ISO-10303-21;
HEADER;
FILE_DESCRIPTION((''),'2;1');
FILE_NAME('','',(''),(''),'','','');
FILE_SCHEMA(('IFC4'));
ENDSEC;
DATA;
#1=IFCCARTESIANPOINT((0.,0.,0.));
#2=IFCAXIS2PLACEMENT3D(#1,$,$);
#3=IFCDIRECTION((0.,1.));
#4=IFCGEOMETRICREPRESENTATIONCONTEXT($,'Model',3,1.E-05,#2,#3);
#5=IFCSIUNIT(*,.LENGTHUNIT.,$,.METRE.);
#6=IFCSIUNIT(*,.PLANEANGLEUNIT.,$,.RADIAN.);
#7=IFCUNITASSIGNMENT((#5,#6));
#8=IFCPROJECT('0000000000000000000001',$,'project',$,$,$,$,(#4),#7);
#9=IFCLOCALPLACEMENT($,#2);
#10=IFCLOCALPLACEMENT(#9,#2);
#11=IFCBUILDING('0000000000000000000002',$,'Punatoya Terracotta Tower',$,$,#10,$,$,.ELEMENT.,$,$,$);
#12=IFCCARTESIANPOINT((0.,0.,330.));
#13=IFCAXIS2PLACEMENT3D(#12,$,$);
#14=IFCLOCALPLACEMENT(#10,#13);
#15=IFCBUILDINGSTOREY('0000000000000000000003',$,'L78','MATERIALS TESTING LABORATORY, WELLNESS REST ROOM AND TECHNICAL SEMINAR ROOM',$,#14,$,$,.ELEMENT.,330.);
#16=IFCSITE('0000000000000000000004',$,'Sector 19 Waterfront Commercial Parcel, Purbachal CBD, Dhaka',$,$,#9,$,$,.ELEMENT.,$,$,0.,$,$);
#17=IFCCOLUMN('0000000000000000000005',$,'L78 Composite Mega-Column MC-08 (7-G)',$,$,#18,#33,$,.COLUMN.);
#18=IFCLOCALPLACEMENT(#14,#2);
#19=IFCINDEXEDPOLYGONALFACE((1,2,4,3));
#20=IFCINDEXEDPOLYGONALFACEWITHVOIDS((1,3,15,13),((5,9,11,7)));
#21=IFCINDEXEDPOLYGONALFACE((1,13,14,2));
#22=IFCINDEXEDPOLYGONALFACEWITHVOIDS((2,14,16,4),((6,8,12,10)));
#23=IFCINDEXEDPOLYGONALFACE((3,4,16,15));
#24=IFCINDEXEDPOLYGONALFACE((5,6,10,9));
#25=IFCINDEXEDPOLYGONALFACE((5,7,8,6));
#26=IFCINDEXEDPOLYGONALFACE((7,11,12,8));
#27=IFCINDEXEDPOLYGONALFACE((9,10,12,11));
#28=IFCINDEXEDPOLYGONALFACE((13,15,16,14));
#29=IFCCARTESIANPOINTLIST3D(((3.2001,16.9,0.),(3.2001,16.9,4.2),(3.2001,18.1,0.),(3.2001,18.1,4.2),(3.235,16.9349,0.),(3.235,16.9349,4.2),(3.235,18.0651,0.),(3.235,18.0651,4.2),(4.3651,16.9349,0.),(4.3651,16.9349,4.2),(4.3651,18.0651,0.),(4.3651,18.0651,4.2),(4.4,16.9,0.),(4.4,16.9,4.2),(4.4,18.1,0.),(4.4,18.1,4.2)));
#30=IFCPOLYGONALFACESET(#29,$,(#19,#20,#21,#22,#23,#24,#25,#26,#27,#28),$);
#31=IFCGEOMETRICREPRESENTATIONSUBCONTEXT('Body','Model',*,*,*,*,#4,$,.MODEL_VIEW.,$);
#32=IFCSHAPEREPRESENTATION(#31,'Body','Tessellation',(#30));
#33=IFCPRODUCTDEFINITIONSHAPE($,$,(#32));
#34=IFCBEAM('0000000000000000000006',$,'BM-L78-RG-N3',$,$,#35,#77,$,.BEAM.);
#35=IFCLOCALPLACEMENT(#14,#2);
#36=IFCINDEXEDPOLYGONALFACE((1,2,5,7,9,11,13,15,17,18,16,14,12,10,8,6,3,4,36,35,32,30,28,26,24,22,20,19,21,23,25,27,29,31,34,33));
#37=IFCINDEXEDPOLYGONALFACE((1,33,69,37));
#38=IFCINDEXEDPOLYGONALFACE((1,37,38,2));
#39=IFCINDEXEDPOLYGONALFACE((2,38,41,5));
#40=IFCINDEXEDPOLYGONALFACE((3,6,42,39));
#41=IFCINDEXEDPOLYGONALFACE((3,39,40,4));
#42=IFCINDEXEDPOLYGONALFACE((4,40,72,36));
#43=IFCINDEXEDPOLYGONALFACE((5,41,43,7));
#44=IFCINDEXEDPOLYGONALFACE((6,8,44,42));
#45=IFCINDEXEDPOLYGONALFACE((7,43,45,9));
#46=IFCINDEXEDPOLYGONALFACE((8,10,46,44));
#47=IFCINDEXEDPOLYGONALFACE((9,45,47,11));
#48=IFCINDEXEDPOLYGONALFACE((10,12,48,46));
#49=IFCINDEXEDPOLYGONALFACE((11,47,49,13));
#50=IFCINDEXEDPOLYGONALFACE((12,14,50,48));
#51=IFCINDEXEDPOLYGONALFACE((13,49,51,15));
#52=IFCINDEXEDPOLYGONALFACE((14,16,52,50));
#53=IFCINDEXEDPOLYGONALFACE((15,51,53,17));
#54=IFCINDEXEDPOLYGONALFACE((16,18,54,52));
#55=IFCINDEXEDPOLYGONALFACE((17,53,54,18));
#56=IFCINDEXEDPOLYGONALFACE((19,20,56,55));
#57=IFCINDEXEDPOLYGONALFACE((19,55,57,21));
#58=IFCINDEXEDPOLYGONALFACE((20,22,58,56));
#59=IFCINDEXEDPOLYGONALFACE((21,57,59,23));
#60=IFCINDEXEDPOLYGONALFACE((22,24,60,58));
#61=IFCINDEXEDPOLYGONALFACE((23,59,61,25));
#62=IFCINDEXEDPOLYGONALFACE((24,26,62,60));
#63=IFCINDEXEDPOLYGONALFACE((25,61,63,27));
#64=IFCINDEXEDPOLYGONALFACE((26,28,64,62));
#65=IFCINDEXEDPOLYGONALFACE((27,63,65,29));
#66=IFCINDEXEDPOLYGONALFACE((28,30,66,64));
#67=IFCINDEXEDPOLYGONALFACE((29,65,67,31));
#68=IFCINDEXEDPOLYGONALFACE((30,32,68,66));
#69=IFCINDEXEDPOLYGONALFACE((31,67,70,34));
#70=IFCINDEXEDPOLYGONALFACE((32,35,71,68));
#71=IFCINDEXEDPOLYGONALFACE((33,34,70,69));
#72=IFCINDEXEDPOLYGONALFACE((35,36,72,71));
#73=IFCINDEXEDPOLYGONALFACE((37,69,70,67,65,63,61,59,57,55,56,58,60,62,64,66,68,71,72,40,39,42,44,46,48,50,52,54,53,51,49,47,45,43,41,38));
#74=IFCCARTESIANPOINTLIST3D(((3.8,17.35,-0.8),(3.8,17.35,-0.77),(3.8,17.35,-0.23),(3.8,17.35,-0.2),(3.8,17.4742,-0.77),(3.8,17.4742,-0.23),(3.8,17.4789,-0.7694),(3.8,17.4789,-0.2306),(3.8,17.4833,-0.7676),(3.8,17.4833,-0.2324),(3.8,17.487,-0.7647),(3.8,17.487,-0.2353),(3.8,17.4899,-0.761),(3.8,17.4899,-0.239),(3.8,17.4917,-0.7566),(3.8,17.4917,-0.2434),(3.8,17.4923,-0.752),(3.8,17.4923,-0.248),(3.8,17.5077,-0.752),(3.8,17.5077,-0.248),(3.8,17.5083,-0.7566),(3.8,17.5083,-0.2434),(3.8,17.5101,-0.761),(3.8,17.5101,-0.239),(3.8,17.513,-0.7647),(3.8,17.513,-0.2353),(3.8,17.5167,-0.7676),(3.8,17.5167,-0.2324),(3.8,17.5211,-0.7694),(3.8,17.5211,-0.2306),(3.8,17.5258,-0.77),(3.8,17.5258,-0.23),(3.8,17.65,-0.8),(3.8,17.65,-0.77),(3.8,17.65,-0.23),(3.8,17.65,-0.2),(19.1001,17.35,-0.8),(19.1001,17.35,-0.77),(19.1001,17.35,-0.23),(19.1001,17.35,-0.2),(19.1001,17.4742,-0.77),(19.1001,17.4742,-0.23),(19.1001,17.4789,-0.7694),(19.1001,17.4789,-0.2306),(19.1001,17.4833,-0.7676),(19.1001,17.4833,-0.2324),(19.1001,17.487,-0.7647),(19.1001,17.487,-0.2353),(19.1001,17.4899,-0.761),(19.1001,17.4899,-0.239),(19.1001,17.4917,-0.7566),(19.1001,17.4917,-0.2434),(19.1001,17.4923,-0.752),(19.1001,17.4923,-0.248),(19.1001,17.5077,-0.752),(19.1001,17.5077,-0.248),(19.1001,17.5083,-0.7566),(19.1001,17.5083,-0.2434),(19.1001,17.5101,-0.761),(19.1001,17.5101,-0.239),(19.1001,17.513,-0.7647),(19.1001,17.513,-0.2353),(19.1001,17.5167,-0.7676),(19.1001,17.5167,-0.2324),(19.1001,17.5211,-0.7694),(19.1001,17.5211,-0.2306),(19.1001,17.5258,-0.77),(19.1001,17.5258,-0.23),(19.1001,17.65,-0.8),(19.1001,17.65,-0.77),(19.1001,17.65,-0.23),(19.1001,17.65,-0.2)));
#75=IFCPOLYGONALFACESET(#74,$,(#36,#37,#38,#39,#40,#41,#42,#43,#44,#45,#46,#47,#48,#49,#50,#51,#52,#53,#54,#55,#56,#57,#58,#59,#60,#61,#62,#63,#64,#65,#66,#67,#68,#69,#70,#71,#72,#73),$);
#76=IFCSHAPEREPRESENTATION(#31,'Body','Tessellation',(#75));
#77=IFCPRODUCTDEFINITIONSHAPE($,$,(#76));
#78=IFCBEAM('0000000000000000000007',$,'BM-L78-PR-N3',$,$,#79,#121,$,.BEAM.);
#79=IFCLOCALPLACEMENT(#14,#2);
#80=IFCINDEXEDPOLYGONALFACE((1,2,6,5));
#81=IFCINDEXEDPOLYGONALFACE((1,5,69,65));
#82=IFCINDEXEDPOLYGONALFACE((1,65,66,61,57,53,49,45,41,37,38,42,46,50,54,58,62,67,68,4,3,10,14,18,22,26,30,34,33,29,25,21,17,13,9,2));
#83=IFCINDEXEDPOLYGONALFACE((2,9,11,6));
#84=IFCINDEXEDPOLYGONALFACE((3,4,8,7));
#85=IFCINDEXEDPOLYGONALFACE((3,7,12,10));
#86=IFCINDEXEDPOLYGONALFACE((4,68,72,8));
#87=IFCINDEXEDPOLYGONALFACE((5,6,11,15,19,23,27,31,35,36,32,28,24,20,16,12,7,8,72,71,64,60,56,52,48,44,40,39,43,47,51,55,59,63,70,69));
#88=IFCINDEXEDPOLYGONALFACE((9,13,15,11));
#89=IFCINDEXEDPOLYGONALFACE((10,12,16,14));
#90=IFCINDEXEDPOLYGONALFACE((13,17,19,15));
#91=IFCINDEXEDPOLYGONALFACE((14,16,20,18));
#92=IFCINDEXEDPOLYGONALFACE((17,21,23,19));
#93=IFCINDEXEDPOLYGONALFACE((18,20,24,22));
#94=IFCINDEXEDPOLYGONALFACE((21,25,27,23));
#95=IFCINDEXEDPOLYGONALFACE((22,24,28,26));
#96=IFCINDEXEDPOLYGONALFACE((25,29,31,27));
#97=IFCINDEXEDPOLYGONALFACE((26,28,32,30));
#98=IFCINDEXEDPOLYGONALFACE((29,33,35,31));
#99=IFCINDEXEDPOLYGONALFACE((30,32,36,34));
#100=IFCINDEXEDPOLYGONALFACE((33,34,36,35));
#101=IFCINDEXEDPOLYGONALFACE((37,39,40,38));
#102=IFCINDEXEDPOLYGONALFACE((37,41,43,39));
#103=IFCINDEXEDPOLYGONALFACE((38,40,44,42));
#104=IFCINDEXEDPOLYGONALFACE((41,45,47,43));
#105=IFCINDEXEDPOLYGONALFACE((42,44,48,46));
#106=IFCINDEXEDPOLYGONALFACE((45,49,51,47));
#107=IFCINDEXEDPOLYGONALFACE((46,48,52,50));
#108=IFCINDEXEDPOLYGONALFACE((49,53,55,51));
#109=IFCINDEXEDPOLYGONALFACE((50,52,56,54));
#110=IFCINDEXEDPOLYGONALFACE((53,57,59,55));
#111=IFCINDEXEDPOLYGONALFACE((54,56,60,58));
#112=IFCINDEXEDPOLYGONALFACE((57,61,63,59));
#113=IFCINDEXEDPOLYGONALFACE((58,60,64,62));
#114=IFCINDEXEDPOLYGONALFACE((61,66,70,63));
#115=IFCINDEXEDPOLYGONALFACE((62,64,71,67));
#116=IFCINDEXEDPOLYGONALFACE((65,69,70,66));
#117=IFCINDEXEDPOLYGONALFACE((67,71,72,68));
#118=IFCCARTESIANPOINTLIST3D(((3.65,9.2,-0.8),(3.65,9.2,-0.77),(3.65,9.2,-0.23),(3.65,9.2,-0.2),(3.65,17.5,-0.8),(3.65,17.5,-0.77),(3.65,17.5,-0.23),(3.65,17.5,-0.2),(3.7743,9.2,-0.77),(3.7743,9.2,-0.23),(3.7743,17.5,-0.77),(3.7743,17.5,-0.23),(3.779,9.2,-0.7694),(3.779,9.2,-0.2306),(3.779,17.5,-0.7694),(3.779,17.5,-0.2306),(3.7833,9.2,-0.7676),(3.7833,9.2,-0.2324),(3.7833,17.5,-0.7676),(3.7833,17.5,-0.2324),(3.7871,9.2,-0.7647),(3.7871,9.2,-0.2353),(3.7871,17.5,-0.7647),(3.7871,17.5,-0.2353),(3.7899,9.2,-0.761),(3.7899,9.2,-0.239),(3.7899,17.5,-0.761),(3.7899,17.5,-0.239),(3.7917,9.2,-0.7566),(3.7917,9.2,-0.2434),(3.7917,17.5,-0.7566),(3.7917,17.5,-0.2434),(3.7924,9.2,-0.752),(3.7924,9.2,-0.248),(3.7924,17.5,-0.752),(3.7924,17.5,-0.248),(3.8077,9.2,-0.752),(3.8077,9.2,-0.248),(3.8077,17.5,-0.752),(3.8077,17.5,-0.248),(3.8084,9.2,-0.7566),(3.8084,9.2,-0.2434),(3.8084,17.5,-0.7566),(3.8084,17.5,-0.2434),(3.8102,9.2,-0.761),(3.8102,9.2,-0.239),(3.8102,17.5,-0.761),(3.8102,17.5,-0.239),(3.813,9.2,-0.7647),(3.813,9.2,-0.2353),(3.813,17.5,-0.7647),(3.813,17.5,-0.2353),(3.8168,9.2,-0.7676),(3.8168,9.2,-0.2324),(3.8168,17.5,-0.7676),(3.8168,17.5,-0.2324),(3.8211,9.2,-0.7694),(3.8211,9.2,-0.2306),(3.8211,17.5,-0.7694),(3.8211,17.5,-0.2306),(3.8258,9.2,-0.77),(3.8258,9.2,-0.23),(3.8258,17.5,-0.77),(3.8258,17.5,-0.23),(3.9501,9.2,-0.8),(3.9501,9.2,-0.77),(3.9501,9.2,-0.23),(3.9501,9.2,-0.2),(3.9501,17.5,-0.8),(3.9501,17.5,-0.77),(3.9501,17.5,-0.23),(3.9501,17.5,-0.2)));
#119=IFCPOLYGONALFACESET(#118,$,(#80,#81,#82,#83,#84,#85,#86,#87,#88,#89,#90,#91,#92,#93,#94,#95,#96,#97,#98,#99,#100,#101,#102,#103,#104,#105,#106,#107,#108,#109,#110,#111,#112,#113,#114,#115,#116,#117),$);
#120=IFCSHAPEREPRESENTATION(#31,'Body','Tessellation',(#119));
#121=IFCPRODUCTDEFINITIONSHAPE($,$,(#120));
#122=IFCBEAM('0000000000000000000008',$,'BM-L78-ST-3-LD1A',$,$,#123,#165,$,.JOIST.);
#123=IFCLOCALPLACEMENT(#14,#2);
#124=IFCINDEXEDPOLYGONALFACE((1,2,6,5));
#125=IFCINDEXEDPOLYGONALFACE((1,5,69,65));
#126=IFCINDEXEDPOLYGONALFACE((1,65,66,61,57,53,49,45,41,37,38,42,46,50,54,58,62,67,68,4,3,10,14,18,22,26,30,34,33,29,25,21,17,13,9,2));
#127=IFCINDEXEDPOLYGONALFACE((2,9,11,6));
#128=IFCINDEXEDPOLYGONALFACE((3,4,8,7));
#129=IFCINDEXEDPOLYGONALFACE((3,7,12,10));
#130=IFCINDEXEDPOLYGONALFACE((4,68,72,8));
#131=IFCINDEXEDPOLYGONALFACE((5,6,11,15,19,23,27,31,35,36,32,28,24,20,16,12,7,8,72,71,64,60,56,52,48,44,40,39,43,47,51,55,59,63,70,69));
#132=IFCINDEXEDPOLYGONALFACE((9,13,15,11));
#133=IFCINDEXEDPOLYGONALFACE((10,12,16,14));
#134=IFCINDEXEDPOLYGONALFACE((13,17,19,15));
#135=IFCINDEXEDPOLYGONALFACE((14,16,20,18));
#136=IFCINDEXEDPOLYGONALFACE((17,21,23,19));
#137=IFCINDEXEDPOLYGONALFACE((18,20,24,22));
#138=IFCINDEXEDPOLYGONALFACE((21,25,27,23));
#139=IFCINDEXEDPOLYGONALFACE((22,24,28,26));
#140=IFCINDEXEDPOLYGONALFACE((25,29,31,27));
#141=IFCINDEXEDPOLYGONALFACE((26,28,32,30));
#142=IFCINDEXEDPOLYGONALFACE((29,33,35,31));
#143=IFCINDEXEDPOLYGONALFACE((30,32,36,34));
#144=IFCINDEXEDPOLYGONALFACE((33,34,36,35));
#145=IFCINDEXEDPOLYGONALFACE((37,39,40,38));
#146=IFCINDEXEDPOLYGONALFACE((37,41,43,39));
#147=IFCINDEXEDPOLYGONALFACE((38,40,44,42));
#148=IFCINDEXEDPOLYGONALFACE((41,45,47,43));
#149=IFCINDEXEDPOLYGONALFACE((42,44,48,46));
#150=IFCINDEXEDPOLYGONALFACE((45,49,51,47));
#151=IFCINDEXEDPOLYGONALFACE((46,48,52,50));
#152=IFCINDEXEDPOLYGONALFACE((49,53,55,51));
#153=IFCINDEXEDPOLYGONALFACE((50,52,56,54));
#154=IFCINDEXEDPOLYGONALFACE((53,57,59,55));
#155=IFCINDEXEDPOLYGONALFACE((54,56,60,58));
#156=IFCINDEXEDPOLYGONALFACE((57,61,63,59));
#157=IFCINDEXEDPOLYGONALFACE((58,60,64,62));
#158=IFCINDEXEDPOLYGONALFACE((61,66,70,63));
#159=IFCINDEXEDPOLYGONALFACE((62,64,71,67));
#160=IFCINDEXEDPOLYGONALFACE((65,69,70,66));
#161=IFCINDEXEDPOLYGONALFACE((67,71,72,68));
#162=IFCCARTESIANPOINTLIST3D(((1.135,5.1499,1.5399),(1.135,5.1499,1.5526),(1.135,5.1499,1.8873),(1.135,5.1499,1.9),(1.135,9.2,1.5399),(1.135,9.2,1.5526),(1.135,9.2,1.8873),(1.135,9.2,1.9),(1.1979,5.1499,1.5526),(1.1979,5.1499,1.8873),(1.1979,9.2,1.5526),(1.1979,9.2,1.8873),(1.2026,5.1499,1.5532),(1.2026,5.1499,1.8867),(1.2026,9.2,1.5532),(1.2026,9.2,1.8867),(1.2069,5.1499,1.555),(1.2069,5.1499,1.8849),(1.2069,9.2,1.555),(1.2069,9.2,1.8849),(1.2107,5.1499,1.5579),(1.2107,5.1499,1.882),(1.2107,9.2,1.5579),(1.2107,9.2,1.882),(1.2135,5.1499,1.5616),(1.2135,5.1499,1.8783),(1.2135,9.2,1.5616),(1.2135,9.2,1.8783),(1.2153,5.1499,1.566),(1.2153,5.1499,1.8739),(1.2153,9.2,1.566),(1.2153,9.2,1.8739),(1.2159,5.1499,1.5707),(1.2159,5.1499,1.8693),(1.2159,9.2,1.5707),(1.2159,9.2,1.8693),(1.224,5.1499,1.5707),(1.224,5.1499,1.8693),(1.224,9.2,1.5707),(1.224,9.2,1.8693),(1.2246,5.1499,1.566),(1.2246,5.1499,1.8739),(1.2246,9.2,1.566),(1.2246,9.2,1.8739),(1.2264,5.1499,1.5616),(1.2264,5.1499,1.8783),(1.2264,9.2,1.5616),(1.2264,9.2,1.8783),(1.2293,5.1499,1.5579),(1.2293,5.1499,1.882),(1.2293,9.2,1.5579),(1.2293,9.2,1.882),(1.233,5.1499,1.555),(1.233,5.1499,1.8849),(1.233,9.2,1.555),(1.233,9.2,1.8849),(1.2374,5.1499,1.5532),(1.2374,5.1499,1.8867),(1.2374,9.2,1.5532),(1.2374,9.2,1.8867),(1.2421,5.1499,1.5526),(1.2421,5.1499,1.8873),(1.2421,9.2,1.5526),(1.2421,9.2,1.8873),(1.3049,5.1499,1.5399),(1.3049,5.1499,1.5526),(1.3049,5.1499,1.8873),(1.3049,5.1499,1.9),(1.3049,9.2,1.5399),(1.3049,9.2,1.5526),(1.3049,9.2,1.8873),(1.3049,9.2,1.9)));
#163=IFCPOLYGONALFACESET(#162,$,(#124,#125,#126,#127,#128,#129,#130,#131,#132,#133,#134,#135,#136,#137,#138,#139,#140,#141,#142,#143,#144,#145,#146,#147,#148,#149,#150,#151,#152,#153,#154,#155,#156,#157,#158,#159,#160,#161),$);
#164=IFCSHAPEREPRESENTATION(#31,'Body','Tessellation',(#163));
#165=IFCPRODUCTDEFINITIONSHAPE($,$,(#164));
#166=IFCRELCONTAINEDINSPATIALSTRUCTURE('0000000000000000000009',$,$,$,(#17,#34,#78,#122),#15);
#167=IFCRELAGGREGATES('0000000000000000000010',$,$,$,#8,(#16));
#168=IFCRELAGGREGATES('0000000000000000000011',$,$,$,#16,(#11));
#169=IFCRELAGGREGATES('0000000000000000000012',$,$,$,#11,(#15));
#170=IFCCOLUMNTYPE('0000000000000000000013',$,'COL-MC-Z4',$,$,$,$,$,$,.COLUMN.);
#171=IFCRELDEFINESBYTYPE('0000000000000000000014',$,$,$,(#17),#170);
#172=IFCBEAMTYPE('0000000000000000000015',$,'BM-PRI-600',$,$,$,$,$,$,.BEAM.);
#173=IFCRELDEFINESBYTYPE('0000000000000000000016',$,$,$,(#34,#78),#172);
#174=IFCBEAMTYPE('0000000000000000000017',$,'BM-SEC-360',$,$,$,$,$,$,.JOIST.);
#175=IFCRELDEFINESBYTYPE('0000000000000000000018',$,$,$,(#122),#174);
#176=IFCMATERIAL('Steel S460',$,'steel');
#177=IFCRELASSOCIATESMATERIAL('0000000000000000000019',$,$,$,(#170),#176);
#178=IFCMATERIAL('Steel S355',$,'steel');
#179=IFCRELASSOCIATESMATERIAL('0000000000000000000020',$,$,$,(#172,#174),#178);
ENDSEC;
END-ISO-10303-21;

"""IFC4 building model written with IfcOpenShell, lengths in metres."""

from ifc_helpers import new_model, si_unit, direction, frame, origin, origin_2d, place, context, subcontext, project, spatial, hollow_rectangle, i_section, extrude, material, material_profile, profile_set, type_object, element, save


model = new_model("IFC4")

# Units and contexts
model_context = context("Model", 3, precision=1e-05, world=origin(), true_north=direction((0.0, 1.0)))
body_context = subcontext(model_context, "Body", "Model", "MODEL_VIEW")
ifc_project = project(units=[si_unit("LENGTHUNIT", "METRE"), si_unit("PLANEANGLEUNIT", "RADIAN")], contexts=[model_context])

# Site, building, storey
site_placement = place(None, origin())
site = spatial("IfcSite", under=ifc_project, at=site_placement, Name="Sector 19 Waterfront Commercial Parcel, Purbachal CBD, Dhaka", CompositionType="ELEMENT", RefElevation=0.0)
building_placement = place(site_placement, origin())
building = spatial("IfcBuilding", under=site, at=building_placement, Name="Punatoya Terracotta Tower", CompositionType="ELEMENT")
storey_placement = place(building_placement, frame((0.0, 0.0, 330.0)))
storey = spatial("IfcBuildingStorey", under=building, at=storey_placement, Name="L78", Description="MATERIALS TESTING LABORATORY, WELLNESS REST ROOM AND TECHNICAL SEMINAR ROOM", CompositionType="ELEMENT", Elevation=330.0)

# Column
ifc_material_1 = material(Name="Steel S460", Category="steel")
ifc_material_profile_1 = material_profile(ifc_material_1, hollow_rectangle(XDim=1.2, YDim=1.2, WallThickness=0.0349, at=origin_2d()))
ifc_profile_set_1 = profile_set([ifc_material_profile_1], Name="Steel S460")
column_type = type_object("IfcColumnType", Name="COL-MC-Z4", PredefinedType="COLUMN", material=ifc_profile_set_1)
column_placement = place(storey_placement, frame((3.8, 17.5, 0.0), z_axis=(0.0, 0.0, 1.0), x_axis=(1.0, 0.0, 0.0)))
element("IfcColumn", 1, at=column_placement, inside=storey, type_object=column_type, Name="L78 Composite Mega-Column MC-08 (7-G)", PredefinedType="COLUMN", context=body_context, shape_type="SweptSolid", body=[
    extrude(hollow_rectangle(XDim=1.2, YDim=1.2, WallThickness=0.0349, at=origin_2d()), origin(), (0.0, 0.0, 1.0), 4.2),
])

# Beams
ifc_material_2 = material(Name="Steel S355", Category="steel")
ifc_material_profile_2 = material_profile(ifc_material_2, i_section(OverallWidth=0.3, OverallDepth=0.6001, WebThickness=0.0154, FlangeThickness=0.03, FilletRadius=0.0181, at=origin_2d()))
ifc_profile_set_2 = profile_set([ifc_material_profile_2], Name="Steel S355")
beam_type_1 = type_object("IfcBeamType", Name="BM-PRI-600", PredefinedType="BEAM", material=ifc_profile_set_2)
beam_1_placement = place(storey_placement, frame((3.8, 17.5, -0.5), z_axis=(1.0, 0.0, 0.0), x_axis=(0.0, 1.0, 0.0)))
element("IfcBeam", 2, at=beam_1_placement, inside=storey, type_object=beam_type_1, Name="BM-L78-RG-N3", PredefinedType="BEAM", context=body_context, shape_type="SweptSolid", body=[
    extrude(i_section(OverallWidth=0.3, OverallDepth=0.6001, WebThickness=0.0154, FlangeThickness=0.03, FilletRadius=0.0181, at=origin_2d()), origin(), (0.0, 0.0, 1.0), 15.3),
])
beam_2_placement = place(storey_placement, frame((3.8, 9.2, -0.5), z_axis=(0.0, 1.0, 0.0), x_axis=(-1.0, 0.0, 0.0)))
element("IfcBeam", 3, at=beam_2_placement, inside=storey, type_object=beam_type_1, Name="BM-L78-PR-N3", PredefinedType="BEAM", context=body_context, shape_type="SweptSolid", body=[
    extrude(i_section(OverallWidth=0.3, OverallDepth=0.6001, WebThickness=0.0154, FlangeThickness=0.03, FilletRadius=0.0181, at=origin_2d()), origin(), (0.0, 0.0, 1.0), 8.3),
])
ifc_material_profile_3 = material_profile(ifc_material_2, i_section(OverallWidth=0.1699, OverallDepth=0.3601, WebThickness=0.0081, FlangeThickness=0.0127, FilletRadius=0.0181, at=origin_2d()))
ifc_profile_set_3 = profile_set([ifc_material_profile_3], Name="Steel S355")
beam_type_2 = type_object("IfcBeamType", Name="BM-SEC-360", PredefinedType="JOIST", material=ifc_profile_set_3)
for number, where, z_axis, x_axis, name in (
    (4, (1.22, 5.1499, 1.72), (0.0, 1.0, 0.0), (-1.0, 0.0, 0.0), "BM-L78-ST-3-LD1A"),
):
    element("IfcBeam", number, at=place(storey_placement, frame(where, z_axis=z_axis, x_axis=x_axis)), inside=storey, type_object=beam_type_2, Name=name, PredefinedType="JOIST", context=body_context, shape_type="SweptSolid", body=[
        extrude(i_section(OverallWidth=0.1699, OverallDepth=0.3601, WebThickness=0.0081, FlangeThickness=0.0127, FilletRadius=0.0181, at=origin_2d()), origin(), (0.0, 0.0, 1.0), 4.05),
    ])

save(model, "model.ifc")
